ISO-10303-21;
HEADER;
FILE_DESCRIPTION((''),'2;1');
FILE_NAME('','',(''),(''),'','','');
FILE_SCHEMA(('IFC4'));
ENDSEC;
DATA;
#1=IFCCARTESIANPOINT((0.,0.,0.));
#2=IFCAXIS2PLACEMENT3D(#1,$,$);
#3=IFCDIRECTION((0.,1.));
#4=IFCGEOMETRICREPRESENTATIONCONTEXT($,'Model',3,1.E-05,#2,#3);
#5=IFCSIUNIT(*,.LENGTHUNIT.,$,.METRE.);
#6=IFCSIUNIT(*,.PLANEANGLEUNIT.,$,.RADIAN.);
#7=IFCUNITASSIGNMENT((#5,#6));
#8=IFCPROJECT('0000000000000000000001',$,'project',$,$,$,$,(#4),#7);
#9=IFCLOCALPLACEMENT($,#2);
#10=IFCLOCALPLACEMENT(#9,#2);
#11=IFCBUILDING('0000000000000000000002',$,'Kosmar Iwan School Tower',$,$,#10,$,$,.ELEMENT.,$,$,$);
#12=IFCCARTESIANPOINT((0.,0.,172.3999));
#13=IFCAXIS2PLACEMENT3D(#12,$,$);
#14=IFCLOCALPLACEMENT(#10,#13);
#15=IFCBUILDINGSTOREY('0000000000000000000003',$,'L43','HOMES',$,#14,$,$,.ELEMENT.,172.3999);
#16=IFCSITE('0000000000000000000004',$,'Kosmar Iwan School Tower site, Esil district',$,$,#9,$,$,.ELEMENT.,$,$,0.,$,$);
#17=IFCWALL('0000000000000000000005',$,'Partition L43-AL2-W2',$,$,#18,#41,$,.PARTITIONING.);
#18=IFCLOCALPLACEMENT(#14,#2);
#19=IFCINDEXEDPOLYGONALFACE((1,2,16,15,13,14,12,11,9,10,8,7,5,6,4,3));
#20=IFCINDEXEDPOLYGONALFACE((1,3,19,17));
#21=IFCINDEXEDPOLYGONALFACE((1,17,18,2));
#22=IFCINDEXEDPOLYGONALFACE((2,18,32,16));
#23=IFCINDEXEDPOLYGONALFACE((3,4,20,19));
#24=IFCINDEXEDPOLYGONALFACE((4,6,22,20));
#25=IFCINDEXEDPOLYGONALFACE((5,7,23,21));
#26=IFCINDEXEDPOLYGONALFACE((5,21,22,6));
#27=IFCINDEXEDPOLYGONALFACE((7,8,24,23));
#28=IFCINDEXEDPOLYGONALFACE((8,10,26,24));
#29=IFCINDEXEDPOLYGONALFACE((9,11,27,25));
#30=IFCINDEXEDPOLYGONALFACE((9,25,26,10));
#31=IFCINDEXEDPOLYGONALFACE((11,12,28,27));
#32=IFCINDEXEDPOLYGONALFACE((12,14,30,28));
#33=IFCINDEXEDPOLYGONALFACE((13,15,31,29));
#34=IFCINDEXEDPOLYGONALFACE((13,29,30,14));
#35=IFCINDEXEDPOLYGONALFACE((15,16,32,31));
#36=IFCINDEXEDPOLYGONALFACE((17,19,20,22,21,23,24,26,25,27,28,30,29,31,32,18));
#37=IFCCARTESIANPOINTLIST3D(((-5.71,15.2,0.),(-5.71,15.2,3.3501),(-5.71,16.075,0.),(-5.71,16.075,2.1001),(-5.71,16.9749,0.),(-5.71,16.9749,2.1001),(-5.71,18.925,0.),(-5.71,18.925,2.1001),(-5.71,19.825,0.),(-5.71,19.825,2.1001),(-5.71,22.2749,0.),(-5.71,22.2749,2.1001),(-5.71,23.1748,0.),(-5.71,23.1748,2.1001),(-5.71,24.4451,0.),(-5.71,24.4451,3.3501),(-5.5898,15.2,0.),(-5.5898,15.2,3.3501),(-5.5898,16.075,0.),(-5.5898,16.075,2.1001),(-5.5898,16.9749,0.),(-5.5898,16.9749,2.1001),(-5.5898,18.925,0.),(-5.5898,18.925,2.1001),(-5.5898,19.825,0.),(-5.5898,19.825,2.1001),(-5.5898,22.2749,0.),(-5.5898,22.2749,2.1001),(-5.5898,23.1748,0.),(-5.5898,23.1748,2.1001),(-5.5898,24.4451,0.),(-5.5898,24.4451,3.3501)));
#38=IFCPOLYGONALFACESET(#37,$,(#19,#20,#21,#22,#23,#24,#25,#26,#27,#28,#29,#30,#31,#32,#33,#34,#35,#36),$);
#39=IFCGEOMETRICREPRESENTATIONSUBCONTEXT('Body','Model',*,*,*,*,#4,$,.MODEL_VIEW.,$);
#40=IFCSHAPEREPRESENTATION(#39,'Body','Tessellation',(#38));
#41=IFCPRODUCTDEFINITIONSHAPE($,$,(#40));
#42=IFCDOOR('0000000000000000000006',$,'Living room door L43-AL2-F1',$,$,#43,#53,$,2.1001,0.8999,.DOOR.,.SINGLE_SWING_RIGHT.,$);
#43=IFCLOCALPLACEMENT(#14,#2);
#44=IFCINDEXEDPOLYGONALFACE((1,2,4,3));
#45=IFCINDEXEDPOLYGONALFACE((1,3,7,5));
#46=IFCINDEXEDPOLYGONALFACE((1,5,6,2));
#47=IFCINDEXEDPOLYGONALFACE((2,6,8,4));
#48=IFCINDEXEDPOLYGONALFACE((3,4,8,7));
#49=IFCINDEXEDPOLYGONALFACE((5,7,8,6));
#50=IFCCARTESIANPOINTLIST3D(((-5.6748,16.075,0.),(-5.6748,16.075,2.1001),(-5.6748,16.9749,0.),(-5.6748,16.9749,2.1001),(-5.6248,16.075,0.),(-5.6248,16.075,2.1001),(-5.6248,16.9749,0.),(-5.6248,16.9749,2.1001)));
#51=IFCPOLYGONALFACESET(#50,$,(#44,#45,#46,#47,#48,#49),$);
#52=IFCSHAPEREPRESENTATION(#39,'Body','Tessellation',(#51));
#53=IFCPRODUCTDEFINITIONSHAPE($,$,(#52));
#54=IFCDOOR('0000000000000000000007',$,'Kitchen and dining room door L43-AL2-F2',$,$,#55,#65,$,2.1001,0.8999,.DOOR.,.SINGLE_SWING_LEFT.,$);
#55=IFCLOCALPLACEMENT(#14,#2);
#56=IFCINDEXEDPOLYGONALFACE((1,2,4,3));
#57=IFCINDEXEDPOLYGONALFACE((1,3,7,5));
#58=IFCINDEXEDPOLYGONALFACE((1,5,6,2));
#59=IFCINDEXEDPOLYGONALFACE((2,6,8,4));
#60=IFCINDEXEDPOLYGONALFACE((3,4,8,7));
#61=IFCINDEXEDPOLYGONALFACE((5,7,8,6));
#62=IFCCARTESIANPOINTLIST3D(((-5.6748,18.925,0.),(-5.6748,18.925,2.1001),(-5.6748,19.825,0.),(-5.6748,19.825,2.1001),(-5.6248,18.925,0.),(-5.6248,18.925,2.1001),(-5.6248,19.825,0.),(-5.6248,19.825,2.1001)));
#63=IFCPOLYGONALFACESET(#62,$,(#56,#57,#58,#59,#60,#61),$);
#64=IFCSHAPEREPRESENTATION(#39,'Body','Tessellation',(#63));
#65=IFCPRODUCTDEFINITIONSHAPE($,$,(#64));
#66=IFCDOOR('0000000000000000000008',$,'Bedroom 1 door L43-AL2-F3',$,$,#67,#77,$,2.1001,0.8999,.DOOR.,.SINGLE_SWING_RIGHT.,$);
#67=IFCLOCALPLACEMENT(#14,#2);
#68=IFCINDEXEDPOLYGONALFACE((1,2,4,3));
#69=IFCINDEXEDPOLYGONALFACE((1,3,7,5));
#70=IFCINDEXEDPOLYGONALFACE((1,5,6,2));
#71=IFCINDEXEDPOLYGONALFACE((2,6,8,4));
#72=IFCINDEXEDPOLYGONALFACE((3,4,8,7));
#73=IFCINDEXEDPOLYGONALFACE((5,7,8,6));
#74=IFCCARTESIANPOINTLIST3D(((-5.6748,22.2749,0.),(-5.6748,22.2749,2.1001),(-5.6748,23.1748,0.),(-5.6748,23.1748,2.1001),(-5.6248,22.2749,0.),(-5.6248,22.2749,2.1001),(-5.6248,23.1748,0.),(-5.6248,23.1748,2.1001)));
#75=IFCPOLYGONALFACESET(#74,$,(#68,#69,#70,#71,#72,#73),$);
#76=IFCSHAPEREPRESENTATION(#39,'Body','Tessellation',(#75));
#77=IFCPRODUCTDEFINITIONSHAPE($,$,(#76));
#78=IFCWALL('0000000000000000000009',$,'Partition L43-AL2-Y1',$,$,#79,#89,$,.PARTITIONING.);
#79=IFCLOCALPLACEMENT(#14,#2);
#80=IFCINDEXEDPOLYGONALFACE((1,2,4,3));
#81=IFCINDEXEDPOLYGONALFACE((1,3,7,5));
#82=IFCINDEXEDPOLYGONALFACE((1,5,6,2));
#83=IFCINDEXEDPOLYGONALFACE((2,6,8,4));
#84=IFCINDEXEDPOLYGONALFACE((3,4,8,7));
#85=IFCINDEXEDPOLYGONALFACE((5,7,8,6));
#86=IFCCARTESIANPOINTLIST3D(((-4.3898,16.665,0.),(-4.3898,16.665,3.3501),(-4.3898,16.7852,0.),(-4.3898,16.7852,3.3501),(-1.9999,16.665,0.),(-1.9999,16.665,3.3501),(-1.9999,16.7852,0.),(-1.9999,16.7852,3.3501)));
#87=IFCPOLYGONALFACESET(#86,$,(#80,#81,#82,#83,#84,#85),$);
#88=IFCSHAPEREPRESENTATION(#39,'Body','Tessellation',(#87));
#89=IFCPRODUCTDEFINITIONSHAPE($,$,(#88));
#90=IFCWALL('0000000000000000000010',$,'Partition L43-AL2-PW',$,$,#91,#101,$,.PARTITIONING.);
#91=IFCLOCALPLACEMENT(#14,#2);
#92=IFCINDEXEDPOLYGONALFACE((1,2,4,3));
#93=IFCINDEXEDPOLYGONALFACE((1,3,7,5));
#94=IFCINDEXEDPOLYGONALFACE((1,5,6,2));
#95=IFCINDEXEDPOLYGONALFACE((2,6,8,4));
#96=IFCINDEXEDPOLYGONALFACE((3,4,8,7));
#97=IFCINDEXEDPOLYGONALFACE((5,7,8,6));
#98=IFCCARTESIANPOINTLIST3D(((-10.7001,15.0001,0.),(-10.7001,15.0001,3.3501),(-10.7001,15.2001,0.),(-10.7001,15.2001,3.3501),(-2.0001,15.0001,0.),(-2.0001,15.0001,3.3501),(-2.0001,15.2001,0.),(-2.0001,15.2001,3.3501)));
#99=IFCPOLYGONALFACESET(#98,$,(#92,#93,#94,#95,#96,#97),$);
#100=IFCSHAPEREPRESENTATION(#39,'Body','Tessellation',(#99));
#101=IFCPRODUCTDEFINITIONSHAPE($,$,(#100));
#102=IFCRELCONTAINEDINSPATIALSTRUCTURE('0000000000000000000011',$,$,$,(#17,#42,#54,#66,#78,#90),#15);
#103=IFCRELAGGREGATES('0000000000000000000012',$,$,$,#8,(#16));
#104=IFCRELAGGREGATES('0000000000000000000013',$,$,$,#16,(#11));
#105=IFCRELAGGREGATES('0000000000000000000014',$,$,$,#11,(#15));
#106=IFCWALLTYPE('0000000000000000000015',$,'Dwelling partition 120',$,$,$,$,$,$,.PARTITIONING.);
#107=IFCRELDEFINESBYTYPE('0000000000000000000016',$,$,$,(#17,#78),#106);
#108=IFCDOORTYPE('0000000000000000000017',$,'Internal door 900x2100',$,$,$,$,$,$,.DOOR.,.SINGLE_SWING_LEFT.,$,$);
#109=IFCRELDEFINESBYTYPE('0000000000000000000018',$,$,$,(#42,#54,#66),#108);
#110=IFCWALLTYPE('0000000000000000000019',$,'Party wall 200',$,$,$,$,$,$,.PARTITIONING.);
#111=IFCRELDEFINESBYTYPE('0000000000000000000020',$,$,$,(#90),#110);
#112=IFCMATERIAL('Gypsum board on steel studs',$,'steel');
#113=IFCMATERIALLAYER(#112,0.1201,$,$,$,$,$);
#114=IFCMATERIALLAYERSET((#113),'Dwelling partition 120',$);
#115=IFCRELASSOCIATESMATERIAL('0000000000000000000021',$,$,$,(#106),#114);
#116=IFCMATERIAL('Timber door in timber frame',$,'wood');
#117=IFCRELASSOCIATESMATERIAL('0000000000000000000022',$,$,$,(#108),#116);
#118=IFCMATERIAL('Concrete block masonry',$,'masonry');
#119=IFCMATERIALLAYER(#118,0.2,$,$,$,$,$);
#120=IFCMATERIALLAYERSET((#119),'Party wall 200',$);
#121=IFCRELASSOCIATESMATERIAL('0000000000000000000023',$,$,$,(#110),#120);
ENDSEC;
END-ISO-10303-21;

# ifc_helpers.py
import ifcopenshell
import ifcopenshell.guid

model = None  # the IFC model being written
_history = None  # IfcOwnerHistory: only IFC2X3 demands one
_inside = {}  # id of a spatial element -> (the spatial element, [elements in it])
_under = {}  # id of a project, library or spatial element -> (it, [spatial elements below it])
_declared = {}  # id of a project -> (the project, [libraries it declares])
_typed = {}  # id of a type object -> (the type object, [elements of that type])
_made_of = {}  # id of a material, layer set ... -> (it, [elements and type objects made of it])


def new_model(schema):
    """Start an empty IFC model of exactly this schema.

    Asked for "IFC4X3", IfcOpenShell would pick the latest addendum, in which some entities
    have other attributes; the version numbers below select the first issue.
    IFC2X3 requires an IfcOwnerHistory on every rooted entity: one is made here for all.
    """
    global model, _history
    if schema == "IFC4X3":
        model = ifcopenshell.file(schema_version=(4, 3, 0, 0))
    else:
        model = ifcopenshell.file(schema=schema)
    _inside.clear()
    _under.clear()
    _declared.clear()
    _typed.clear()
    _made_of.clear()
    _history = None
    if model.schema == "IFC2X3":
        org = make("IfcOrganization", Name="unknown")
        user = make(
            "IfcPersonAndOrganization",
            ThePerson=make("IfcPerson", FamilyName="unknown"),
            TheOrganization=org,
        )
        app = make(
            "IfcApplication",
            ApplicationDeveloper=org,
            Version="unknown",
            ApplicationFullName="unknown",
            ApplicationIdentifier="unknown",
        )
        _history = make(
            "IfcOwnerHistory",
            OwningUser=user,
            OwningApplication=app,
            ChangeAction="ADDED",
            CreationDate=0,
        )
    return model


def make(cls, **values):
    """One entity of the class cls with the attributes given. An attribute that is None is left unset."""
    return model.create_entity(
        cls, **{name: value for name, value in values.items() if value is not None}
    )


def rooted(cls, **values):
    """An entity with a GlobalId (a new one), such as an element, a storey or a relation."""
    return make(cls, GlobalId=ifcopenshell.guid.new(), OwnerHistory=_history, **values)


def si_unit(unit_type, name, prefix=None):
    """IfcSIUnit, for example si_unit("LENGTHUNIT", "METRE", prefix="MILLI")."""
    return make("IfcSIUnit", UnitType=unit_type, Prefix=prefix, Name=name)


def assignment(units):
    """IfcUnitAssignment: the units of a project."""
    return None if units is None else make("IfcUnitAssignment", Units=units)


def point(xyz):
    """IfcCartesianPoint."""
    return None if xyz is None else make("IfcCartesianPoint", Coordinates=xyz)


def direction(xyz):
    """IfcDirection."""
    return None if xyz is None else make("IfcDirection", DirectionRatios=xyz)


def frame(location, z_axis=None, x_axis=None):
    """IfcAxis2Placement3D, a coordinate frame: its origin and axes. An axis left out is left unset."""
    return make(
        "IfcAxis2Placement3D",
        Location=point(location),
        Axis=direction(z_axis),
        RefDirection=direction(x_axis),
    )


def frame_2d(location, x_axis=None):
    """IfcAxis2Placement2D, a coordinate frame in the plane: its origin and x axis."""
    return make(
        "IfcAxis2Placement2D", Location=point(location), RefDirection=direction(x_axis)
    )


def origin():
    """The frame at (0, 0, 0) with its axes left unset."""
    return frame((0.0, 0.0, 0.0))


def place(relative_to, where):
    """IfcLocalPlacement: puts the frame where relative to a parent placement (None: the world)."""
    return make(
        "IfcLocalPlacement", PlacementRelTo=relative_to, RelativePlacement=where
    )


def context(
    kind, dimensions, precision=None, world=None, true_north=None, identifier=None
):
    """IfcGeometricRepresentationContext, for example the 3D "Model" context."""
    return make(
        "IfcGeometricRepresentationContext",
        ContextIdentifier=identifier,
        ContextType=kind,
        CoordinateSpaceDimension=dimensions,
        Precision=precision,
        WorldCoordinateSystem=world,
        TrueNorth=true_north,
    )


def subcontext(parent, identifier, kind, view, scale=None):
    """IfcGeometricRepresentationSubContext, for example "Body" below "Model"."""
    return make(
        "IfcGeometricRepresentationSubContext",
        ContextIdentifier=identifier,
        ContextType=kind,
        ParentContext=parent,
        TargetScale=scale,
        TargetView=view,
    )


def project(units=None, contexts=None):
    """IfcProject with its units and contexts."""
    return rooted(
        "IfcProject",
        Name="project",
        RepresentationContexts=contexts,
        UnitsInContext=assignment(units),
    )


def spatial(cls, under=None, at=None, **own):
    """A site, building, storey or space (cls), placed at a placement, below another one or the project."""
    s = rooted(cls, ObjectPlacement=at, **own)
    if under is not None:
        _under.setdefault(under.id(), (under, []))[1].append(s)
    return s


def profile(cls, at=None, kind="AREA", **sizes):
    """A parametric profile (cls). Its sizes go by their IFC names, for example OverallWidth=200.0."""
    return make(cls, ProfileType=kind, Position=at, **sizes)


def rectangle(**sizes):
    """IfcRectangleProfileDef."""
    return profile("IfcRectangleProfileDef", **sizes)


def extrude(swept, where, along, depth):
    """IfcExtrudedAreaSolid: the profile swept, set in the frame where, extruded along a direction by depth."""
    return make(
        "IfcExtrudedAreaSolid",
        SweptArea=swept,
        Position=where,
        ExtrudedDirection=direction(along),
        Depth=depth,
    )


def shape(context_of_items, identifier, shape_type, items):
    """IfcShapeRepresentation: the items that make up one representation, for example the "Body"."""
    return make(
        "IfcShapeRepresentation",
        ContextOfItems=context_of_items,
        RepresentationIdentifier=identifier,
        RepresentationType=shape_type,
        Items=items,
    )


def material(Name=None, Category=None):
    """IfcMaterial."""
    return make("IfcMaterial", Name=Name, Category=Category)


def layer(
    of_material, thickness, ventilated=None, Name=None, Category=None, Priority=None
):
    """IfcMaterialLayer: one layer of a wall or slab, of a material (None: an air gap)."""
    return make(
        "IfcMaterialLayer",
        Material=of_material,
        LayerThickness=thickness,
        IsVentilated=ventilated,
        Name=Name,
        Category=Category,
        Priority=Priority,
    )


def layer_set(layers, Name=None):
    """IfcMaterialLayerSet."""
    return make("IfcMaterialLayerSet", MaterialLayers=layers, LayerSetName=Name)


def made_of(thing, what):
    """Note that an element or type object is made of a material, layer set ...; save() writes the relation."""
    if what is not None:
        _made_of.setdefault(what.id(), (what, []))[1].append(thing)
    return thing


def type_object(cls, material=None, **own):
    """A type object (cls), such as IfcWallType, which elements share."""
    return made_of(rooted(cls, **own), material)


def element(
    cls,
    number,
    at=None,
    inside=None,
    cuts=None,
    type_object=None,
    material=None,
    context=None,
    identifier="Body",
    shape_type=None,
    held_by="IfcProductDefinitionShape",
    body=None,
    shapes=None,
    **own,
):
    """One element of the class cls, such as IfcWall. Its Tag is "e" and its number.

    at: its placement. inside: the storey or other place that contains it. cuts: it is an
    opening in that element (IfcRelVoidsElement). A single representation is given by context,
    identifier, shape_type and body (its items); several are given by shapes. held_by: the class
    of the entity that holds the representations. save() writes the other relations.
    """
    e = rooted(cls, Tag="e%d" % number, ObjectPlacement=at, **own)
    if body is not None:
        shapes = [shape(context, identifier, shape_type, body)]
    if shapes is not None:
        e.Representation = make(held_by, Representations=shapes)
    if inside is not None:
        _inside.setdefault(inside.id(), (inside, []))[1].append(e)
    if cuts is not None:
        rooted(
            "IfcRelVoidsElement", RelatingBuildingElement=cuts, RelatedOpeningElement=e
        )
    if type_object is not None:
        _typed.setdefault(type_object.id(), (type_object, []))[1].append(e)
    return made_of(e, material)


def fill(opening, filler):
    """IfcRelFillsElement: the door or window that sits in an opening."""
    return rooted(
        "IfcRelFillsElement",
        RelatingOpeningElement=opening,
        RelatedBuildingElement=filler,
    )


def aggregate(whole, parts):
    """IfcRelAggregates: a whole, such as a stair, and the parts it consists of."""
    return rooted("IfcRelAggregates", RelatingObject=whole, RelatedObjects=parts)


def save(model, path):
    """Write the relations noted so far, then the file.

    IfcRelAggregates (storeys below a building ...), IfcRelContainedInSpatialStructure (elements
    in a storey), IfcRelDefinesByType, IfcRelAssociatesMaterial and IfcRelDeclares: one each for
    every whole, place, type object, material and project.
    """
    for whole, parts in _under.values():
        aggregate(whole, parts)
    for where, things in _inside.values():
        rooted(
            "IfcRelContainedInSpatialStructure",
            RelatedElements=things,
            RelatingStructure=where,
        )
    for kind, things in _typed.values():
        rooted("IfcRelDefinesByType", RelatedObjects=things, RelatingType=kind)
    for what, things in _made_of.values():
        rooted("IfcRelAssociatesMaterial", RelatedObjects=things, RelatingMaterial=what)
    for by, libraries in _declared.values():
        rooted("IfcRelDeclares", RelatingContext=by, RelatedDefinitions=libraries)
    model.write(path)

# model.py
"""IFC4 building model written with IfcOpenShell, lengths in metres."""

from ifc_helpers import new_model, si_unit, direction, frame, frame_2d, origin, place, context, subcontext, project, spatial, rectangle, extrude, material, layer, layer_set, type_object, element, fill, save


model = new_model("IFC4")

# Units and contexts
model_context = context("Model", 3, precision=1e-05, world=origin(), true_north=direction((0.0, 1.0)))
body_context = subcontext(model_context, "Body", "Model", "MODEL_VIEW")
ifc_project = project(units=[si_unit("LENGTHUNIT", "METRE"), si_unit("PLANEANGLEUNIT", "RADIAN")], contexts=[model_context])

# Site, building, storey
site_placement = place(None, origin())
site = spatial("IfcSite", under=ifc_project, at=site_placement, Name="Kosmar Iwan School Tower site, Esil district", CompositionType="ELEMENT", RefElevation=0.0)
building_placement = place(site_placement, origin())
building = spatial("IfcBuilding", under=site, at=building_placement, Name="Kosmar Iwan School Tower", CompositionType="ELEMENT")
storey_placement = place(building_placement, frame((0.0, 0.0, 172.3999)))
storey = spatial("IfcBuildingStorey", under=building, at=storey_placement, Name="L43", Description="HOMES", CompositionType="ELEMENT", Elevation=172.3999)

# Shared definitions
ifc_material_1 = material(Name="Gypsum board on steel studs", Category="steel")
ifc_layer_1 = layer(ifc_material_1, 0.1201)
ifc_layer_set_1 = layer_set([ifc_layer_1], Name="Dwelling partition 120")
wall_type_1 = type_object("IfcWallType", Name="Dwelling partition 120", PredefinedType="PARTITIONING", material=ifc_layer_set_1)

# Wall, openings, doors
ifc_material_2 = material(Name="Timber door in timber frame", Category="wood")
door_type_1 = type_object("IfcDoorType", Name="Internal door 900x2100", OperationType="SINGLE_SWING_LEFT", PredefinedType="DOOR", material=ifc_material_2)
wall_1_placement = place(storey_placement, frame((-5.6499, 15.2, 0.0), z_axis=(0.0, 0.0, 1.0), x_axis=(0.0, 1.0, 0.0)))
wall_1 = element("IfcWall", 1, at=wall_1_placement, inside=storey, type_object=wall_type_1, Name="Partition L43-AL2-W2", PredefinedType="PARTITIONING", context=body_context, shape_type="SweptSolid", body=[
    extrude(rectangle(XDim=9.2451, YDim=0.1201, at=frame_2d((4.6226, 0.0))), origin(), (0.0, 0.0, 1.0), 3.3501),
])
opening_1_placement = place(wall_1_placement, frame((0.875, 0.0, 0.0)))
opening_1 = element("IfcOpeningElement", 2, at=opening_1_placement, cuts=wall_1, PredefinedType="OPENING", context=body_context, shape_type="SweptSolid", body=[
    extrude(rectangle(XDim=0.8999, YDim=2.1001, at=frame_2d((0.45, 1.05))), frame((0.0, 0.072, 0.0), z_axis=(0.0, -1.0, 0.0), x_axis=(1.0, 0.0, 0.0)), (0.0, 0.0, 1.0), 0.144),
])
opening_2_placement = place(wall_1_placement, frame((3.7251, 0.0, 0.0)))
opening_2 = element("IfcOpeningElement", 3, at=opening_2_placement, cuts=wall_1, PredefinedType="OPENING", context=body_context, shape_type="SweptSolid", body=[
    extrude(rectangle(XDim=0.8999, YDim=2.1001, at=frame_2d((0.45, 1.05))), frame((0.0, 0.072, 0.0), z_axis=(0.0, -1.0, 0.0), x_axis=(1.0, 0.0, 0.0)), (0.0, 0.0, 1.0), 0.144),
])
opening_3_placement = place(wall_1_placement, frame((7.075, 0.0, 0.0)))
opening_3 = element("IfcOpeningElement", 4, at=opening_3_placement, cuts=wall_1, PredefinedType="OPENING", context=body_context, shape_type="SweptSolid", body=[
    extrude(rectangle(XDim=0.8999, YDim=2.1001, at=frame_2d((0.45, 1.05))), frame((0.0, 0.072, 0.0), z_axis=(0.0, -1.0, 0.0), x_axis=(1.0, 0.0, 0.0)), (0.0, 0.0, 1.0), 0.144),
])
door_1_placement = place(opening_1_placement, origin())
door_1 = element("IfcDoor", 5, at=door_1_placement, inside=storey, type_object=door_type_1, Name="Living room door L43-AL2-F1", OperationType="SINGLE_SWING_RIGHT", OverallHeight=2.1001, OverallWidth=0.8999, PredefinedType="DOOR", context=body_context, shape_type="SweptSolid", body=[
    extrude(rectangle(XDim=0.8999, YDim=2.1001, at=frame_2d((0.45, 1.05))), frame((0.0, 0.0249, 0.0), z_axis=(0.0, -1.0, 0.0), x_axis=(1.0, 0.0, 0.0)), (0.0, 0.0, 1.0), 0.05),
])
fill(opening_1, door_1)
door_2_placement = place(opening_2_placement, origin())
door_2 = element("IfcDoor", 6, at=door_2_placement, inside=storey, type_object=door_type_1, Name="Kitchen and dining room door L43-AL2-F2", OperationType="SINGLE_SWING_LEFT", OverallHeight=2.1001, OverallWidth=0.8999, PredefinedType="DOOR", context=body_context, shape_type="SweptSolid", body=[
    extrude(rectangle(XDim=0.8999, YDim=2.1001, at=frame_2d((0.45, 1.05))), frame((0.0, 0.0249, 0.0), z_axis=(0.0, -1.0, 0.0), x_axis=(1.0, 0.0, 0.0)), (0.0, 0.0, 1.0), 0.05),
])
fill(opening_2, door_2)
door_3_placement = place(opening_3_placement, origin())
door_3 = element("IfcDoor", 7, at=door_3_placement, inside=storey, type_object=door_type_1, Name="Bedroom 1 door L43-AL2-F3", OperationType="SINGLE_SWING_RIGHT", OverallHeight=2.1001, OverallWidth=0.8999, PredefinedType="DOOR", context=body_context, shape_type="SweptSolid", body=[
    extrude(rectangle(XDim=0.8999, YDim=2.1001, at=frame_2d((0.45, 1.05))), frame((0.0, 0.0249, 0.0), z_axis=(0.0, -1.0, 0.0), x_axis=(1.0, 0.0, 0.0)), (0.0, 0.0, 1.0), 0.05),
])
fill(opening_3, door_3)

# Walls
wall_2_placement = place(storey_placement, frame((-2.0, 16.7251, 0.0), z_axis=(0.0, 0.0, 1.0), x_axis=(-1.0, 0.0, 0.0)))
element("IfcWall", 8, at=wall_2_placement, inside=storey, type_object=wall_type_1, Name="Partition L43-AL2-Y1", PredefinedType="PARTITIONING", context=body_context, shape_type="SweptSolid", body=[
    extrude(rectangle(XDim=2.3899, YDim=0.1201, at=frame_2d((1.1948, 0.0))), origin(), (0.0, 0.0, 1.0), 3.3501),
])
ifc_material_3 = material(Name="Concrete block masonry", Category="masonry")
ifc_layer_2 = layer(ifc_material_3, 0.2)
ifc_layer_set_2 = layer_set([ifc_layer_2], Name="Party wall 200")
wall_type_2 = type_object("IfcWallType", Name="Party wall 200", PredefinedType="PARTITIONING", material=ifc_layer_set_2)
wall_3_placement = place(storey_placement, frame((-2.0, 15.1001, 0.0), z_axis=(0.0, 0.0, 1.0), x_axis=(-1.0, 0.0, 0.0)))
element("IfcWall", 9, at=wall_3_placement, inside=storey, type_object=wall_type_2, Name="Partition L43-AL2-PW", PredefinedType="PARTITIONING", context=body_context, shape_type="SweptSolid", body=[
    extrude(rectangle(XDim=8.7, YDim=0.2, at=frame_2d((4.3501, 0.0))), origin(), (0.0, 0.0, 1.0), 3.3501),
])

save(model, "model.ifc")
